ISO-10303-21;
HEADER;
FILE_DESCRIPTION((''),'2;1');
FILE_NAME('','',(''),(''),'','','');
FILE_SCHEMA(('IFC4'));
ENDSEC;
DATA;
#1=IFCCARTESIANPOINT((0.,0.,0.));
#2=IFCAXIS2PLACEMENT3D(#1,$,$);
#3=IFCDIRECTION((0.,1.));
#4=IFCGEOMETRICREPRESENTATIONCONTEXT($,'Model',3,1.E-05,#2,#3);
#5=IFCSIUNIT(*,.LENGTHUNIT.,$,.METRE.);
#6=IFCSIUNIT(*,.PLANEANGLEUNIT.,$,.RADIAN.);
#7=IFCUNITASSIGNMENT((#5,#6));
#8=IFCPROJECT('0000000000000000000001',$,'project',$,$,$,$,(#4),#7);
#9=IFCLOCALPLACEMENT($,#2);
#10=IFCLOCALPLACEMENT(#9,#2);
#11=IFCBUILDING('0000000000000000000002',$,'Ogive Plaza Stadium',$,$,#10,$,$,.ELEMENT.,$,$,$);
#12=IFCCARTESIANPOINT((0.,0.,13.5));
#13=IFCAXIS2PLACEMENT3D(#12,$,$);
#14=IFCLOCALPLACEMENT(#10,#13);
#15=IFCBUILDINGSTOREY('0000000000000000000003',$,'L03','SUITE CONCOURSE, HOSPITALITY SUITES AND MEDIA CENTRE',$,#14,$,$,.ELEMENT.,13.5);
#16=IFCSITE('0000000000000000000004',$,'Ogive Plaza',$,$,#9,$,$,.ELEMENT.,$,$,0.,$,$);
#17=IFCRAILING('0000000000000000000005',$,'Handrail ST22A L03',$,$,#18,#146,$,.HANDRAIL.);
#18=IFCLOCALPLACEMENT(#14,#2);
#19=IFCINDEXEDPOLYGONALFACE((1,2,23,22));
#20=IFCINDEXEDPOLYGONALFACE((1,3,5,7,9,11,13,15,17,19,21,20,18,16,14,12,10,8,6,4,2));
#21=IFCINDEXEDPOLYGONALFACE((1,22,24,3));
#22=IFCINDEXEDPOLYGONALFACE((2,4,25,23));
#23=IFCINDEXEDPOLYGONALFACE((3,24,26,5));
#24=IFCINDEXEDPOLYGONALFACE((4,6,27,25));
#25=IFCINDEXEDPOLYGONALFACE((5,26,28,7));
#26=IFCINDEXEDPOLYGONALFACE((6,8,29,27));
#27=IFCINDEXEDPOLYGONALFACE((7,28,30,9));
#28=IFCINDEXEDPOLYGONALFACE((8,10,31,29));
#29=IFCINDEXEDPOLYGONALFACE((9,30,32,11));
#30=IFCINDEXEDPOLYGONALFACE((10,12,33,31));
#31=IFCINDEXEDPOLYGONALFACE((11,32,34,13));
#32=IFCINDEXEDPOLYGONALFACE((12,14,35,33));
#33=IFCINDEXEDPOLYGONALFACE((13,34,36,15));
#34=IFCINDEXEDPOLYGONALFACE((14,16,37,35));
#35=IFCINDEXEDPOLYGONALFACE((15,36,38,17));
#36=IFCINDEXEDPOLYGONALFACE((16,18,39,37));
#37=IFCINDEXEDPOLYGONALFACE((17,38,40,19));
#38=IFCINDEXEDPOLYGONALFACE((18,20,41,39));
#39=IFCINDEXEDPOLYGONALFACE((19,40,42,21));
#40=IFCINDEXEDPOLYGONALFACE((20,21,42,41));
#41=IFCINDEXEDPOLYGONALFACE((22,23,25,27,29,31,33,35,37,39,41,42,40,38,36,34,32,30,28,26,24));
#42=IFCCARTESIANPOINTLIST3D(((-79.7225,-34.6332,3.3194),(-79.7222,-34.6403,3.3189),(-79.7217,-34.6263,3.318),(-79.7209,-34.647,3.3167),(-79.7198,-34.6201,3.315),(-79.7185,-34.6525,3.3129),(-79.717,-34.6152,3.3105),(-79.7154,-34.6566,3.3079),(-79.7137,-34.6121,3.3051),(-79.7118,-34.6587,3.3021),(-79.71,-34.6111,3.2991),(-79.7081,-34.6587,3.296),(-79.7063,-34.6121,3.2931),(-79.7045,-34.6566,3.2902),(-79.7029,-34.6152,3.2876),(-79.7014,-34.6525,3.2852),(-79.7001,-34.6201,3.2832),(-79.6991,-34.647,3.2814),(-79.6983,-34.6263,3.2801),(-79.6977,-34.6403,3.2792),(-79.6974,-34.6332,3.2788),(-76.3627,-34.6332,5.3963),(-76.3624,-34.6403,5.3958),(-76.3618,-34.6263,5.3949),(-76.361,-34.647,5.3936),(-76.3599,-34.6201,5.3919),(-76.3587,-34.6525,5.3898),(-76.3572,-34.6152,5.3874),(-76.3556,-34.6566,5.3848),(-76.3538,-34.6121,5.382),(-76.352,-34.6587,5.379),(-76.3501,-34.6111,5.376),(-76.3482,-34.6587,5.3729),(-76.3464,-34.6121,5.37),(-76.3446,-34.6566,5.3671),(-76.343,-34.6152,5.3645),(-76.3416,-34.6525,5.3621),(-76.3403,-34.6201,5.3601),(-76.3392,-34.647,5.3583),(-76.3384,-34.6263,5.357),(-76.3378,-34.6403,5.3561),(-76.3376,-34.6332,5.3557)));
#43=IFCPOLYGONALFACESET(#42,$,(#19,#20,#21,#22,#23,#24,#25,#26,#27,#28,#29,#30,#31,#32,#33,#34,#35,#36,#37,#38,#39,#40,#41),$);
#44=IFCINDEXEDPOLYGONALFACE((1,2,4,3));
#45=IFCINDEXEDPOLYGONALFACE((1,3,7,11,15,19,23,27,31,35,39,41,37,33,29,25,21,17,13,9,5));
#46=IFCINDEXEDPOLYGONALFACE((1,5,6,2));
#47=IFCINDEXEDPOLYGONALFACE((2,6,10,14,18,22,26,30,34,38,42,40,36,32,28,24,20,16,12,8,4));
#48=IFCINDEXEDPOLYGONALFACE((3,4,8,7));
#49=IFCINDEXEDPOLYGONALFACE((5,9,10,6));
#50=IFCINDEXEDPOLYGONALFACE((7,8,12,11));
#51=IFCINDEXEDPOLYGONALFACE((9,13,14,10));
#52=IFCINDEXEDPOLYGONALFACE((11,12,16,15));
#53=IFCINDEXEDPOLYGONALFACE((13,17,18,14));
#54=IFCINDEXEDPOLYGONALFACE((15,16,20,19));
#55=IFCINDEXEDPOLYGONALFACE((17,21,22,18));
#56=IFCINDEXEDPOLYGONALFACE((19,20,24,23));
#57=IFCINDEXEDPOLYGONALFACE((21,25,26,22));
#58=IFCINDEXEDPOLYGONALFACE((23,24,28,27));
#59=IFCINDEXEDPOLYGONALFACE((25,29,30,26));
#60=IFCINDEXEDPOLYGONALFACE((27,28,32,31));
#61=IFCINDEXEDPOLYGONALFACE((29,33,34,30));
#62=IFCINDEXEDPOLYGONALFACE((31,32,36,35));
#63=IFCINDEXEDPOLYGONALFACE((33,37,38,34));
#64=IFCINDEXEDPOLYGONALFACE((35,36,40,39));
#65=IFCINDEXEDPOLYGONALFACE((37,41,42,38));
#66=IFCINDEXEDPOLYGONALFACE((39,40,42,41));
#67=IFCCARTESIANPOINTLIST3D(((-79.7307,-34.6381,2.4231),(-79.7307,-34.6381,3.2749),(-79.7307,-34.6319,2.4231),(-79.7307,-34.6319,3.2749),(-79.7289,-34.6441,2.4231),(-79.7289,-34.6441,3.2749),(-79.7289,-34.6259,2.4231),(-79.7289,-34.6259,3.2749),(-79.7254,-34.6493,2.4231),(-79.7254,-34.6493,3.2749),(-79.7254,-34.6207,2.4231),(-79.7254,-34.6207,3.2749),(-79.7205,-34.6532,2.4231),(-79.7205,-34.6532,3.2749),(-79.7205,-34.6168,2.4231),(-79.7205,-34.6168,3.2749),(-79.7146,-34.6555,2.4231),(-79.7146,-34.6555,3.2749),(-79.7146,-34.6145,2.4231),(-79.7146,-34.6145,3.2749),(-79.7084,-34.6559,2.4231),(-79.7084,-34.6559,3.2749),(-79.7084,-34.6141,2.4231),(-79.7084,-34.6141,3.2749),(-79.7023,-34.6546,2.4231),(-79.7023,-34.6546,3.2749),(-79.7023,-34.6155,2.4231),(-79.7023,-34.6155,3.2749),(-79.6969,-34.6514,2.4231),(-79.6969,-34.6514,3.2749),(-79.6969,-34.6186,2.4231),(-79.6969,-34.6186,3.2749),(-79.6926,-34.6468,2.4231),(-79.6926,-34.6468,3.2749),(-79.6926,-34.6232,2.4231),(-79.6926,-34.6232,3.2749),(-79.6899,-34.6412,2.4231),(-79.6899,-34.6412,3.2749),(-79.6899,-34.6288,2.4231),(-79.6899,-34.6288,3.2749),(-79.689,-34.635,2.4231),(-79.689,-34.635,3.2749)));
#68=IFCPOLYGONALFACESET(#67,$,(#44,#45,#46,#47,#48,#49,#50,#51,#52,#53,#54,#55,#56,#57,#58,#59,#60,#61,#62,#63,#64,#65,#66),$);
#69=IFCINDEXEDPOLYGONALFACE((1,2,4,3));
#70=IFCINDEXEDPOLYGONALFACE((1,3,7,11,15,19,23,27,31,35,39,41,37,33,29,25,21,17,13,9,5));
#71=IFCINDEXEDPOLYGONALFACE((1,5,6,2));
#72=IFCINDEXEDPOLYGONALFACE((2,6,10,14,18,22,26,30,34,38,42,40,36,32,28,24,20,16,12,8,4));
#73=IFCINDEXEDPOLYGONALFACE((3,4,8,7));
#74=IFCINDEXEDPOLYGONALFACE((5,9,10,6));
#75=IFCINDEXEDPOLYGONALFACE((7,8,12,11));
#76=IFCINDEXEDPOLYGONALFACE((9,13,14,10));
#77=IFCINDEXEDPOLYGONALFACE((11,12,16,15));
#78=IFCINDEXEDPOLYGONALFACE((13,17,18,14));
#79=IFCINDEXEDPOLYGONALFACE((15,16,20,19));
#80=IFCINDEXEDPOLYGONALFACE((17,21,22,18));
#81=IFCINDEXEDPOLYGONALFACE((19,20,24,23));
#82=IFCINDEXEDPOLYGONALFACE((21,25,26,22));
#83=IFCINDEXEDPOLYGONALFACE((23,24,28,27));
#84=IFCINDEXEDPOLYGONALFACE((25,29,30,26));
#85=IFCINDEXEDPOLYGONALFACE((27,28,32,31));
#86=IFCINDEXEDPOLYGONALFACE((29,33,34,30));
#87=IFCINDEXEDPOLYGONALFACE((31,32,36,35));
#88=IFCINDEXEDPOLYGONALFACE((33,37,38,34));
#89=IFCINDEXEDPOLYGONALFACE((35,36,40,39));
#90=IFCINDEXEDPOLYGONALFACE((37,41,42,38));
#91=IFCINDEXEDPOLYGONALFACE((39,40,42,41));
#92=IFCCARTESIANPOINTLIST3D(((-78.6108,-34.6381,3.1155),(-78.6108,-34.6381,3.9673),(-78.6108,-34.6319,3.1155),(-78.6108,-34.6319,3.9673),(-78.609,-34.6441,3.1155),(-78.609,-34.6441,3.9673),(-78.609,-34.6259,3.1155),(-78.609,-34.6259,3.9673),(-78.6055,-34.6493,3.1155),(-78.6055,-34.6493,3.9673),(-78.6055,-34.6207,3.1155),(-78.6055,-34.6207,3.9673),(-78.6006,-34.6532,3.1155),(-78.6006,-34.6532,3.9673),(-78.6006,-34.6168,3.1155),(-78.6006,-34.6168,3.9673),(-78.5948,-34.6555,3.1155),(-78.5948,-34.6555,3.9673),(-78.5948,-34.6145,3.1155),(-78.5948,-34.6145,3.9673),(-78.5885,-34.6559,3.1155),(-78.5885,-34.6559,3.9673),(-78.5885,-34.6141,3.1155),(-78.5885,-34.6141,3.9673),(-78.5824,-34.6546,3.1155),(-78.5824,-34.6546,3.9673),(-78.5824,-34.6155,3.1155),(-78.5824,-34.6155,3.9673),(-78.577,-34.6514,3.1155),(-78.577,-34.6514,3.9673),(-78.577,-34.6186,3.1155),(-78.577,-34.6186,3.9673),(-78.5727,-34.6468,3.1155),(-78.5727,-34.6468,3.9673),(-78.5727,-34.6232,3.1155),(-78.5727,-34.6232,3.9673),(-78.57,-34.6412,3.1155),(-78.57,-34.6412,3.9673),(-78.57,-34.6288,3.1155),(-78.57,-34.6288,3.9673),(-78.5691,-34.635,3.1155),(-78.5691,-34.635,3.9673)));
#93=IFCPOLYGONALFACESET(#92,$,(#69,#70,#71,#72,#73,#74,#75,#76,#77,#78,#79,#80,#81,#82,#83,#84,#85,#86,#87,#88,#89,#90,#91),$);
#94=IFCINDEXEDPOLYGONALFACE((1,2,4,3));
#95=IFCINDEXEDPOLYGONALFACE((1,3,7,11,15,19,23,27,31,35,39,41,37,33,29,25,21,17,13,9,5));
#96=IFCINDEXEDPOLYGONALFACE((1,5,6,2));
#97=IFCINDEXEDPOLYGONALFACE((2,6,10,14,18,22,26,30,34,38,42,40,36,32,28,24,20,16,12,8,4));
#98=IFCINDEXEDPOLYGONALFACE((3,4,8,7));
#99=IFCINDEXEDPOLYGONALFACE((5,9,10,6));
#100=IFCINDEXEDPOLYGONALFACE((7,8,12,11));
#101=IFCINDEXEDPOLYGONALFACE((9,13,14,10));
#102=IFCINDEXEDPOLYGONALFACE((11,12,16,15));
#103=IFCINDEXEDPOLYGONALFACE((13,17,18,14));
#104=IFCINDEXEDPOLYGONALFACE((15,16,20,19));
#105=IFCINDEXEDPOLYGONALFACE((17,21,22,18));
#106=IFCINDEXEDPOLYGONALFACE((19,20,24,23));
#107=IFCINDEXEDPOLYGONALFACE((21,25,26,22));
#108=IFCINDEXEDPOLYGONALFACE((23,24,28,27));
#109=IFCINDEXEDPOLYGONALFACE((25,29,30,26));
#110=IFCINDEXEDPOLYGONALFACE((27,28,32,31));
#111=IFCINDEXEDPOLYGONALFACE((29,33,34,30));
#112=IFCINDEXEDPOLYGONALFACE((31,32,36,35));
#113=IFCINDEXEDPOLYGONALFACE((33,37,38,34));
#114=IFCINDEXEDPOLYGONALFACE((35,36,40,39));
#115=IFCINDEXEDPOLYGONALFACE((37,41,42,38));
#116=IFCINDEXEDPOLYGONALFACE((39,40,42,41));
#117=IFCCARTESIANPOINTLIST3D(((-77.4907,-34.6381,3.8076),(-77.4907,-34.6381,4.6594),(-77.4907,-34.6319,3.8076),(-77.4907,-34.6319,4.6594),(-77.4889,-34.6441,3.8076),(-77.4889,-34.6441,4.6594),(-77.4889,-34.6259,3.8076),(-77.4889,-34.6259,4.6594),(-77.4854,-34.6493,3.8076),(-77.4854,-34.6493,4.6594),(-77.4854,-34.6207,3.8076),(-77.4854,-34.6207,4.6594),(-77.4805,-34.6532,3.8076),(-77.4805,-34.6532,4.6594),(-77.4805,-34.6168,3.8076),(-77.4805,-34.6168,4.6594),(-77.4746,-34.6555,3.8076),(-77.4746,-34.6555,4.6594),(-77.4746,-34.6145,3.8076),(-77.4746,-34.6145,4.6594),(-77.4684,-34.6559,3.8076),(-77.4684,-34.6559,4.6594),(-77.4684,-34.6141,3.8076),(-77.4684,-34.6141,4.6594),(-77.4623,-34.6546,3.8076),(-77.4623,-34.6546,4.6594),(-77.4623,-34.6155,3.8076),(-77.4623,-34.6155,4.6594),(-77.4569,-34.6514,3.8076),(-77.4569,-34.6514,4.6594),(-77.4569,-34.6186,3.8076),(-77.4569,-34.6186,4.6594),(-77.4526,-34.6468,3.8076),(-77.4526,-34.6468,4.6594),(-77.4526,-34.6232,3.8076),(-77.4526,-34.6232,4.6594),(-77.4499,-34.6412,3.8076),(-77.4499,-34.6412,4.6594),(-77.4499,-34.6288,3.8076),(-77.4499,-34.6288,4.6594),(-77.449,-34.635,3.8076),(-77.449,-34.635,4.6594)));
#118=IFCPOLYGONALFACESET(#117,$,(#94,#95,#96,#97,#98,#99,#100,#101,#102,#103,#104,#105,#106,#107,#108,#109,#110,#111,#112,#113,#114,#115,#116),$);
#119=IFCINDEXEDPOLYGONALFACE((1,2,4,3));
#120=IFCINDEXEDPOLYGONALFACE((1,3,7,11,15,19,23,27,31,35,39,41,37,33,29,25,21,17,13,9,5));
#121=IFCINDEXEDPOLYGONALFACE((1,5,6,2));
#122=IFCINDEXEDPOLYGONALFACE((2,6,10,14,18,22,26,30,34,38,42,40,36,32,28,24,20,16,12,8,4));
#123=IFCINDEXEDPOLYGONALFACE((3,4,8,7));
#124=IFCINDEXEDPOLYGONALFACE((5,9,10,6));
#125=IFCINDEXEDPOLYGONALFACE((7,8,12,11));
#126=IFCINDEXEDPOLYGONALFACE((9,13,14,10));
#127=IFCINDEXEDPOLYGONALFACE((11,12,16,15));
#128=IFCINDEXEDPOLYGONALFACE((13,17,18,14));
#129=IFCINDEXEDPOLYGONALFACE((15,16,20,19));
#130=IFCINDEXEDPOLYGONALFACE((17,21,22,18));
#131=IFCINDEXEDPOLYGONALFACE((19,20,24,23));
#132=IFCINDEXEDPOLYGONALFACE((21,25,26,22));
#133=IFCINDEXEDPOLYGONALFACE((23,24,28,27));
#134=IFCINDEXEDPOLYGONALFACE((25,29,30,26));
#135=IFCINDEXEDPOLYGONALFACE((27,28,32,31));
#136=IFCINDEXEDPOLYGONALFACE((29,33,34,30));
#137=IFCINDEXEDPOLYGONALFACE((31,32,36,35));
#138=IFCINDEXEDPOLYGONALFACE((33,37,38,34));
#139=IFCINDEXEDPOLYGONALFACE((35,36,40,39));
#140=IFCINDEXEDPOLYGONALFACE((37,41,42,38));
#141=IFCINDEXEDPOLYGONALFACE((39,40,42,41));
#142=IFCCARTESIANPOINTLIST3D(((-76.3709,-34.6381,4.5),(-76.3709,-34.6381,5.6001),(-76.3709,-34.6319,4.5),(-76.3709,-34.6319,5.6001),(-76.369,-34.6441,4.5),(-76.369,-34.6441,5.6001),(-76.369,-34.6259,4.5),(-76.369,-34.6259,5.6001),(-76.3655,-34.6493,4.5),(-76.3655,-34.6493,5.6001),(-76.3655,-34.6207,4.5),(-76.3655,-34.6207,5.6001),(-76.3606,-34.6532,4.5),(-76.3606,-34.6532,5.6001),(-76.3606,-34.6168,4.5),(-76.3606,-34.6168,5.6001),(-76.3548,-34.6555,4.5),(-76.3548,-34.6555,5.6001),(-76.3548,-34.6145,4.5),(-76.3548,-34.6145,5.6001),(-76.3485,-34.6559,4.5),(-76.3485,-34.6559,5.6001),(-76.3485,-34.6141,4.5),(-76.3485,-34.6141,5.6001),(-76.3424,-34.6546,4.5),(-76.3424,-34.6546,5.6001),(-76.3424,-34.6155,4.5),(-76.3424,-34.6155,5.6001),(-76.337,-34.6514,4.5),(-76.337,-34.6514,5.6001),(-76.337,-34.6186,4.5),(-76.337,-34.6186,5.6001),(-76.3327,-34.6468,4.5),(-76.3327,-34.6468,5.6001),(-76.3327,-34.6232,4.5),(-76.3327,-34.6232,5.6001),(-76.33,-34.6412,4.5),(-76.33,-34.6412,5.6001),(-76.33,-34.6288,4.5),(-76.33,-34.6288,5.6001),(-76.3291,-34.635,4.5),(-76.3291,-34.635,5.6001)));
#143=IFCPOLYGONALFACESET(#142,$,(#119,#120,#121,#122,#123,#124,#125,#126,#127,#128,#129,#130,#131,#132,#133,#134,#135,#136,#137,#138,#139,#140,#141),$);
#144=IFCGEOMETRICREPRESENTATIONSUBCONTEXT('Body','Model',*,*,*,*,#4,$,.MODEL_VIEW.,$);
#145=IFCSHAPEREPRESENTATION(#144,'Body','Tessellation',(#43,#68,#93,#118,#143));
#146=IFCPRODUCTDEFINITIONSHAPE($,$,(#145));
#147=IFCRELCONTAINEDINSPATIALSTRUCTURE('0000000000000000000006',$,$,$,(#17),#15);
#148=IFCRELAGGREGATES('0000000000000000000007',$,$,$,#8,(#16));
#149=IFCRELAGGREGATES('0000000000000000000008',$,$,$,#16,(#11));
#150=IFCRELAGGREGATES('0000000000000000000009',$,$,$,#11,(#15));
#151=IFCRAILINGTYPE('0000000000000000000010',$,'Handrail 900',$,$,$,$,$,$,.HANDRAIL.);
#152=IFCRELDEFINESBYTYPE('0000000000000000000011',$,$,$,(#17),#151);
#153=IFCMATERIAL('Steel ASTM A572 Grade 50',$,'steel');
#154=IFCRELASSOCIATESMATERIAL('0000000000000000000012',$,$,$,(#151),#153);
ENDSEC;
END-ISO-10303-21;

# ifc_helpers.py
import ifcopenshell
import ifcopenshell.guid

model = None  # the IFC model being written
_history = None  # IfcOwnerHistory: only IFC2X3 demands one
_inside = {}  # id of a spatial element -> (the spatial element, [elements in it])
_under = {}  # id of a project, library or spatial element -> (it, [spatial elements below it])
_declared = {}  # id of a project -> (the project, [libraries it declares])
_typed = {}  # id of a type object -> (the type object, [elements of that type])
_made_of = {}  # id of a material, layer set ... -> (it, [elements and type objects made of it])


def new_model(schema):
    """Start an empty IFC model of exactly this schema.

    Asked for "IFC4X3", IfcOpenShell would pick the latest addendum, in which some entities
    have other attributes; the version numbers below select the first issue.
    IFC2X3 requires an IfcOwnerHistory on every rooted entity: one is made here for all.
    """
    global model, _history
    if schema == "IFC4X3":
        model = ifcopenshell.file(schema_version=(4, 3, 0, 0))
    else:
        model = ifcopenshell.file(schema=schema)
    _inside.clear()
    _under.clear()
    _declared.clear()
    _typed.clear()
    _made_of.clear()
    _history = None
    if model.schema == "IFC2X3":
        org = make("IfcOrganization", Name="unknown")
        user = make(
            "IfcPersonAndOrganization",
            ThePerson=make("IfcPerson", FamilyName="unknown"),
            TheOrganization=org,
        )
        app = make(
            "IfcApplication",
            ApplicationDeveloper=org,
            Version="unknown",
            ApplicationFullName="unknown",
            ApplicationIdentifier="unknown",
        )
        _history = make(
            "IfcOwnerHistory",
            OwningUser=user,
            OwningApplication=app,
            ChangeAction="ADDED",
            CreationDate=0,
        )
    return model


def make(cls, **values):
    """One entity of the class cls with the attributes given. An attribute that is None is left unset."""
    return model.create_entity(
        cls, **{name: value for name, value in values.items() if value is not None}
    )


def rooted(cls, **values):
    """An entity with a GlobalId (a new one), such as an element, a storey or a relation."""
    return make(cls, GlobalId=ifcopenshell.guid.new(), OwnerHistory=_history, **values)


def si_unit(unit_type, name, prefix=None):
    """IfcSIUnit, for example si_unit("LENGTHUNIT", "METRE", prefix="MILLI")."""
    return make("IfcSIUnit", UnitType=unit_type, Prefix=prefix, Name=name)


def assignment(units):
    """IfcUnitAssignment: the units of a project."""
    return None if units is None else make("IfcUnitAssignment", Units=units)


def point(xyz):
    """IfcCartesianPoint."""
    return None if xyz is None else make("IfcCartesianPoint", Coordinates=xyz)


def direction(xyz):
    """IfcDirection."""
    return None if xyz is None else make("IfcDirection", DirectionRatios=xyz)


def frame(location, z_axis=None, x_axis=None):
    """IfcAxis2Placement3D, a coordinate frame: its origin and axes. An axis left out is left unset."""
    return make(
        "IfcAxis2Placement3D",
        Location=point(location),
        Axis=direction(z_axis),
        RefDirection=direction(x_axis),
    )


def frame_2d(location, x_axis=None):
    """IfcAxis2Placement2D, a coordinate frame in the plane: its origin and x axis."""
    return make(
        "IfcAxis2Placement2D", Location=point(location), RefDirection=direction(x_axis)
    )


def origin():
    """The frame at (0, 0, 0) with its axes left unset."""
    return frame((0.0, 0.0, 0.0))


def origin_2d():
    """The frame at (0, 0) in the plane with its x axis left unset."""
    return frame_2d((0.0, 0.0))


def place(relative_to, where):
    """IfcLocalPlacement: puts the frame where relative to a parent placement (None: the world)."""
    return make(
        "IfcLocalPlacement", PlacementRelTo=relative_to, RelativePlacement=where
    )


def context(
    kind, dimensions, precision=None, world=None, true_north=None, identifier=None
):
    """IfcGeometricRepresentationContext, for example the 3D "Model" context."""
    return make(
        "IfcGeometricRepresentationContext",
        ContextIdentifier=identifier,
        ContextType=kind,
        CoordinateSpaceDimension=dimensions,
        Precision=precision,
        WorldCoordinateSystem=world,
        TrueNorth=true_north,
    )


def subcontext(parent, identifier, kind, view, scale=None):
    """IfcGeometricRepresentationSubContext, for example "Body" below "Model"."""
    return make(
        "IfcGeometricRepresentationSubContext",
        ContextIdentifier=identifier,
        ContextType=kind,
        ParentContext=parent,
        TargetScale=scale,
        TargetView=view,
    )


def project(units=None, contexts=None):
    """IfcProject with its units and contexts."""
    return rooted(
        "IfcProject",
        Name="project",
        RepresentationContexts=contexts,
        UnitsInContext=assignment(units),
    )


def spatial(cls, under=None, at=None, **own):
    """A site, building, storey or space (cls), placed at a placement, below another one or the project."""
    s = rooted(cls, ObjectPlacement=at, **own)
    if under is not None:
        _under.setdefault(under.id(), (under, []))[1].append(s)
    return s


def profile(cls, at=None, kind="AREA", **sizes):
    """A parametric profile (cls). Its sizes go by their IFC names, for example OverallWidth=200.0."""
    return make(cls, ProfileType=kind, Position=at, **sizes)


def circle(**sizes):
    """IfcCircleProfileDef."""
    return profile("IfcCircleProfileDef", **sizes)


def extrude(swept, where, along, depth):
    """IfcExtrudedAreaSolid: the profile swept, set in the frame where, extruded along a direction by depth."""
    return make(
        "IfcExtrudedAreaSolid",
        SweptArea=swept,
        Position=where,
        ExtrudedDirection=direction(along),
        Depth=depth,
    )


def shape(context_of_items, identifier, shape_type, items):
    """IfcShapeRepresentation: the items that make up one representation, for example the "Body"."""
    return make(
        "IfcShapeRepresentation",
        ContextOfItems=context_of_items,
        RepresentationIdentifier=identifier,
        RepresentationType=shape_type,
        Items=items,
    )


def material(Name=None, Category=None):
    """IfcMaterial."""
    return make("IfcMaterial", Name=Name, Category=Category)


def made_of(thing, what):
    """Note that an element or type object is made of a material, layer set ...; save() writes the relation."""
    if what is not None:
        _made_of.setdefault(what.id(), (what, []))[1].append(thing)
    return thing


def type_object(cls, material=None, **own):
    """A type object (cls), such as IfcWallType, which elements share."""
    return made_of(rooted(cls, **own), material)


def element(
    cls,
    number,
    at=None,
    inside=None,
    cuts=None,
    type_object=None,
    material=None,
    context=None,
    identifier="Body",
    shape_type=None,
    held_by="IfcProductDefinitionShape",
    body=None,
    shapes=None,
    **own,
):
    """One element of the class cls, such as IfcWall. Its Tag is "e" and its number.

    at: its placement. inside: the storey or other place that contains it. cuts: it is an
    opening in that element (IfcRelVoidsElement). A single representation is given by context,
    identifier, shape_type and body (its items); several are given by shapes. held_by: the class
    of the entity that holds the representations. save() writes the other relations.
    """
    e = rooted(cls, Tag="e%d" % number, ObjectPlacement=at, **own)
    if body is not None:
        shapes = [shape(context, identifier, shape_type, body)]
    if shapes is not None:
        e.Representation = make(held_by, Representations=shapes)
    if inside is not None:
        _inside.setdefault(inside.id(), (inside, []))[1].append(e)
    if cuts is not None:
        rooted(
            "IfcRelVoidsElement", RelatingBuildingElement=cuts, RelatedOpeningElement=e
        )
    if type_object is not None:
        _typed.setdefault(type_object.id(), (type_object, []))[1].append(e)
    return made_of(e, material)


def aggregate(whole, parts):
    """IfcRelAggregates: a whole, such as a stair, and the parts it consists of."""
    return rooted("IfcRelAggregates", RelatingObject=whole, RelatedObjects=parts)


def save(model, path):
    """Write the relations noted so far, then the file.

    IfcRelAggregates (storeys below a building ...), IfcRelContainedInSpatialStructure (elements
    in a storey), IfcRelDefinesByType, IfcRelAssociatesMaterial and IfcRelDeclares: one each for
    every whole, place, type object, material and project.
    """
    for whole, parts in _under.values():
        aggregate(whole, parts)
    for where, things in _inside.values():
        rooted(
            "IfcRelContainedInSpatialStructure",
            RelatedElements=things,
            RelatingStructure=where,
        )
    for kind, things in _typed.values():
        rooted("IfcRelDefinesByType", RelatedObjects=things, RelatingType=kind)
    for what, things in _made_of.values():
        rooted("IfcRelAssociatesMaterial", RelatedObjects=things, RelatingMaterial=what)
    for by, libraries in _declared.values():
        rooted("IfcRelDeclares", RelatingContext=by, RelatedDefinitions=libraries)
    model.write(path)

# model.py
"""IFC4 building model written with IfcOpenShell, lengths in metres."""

from ifc_helpers import new_model, si_unit, direction, frame, origin, origin_2d, place, context, subcontext, project, spatial, circle, extrude, material, type_object, element, save


model = new_model("IFC4")

# Units and contexts
model_context = context("Model", 3, precision=1e-05, world=origin(), true_north=direction((0.0, 1.0)))
body_context = subcontext(model_context, "Body", "Model", "MODEL_VIEW")
ifc_project = project(units=[si_unit("LENGTHUNIT", "METRE"), si_unit("PLANEANGLEUNIT", "RADIAN")], contexts=[model_context])

# Site, building, storey
site_placement = place(None, origin())
site = spatial("IfcSite", under=ifc_project, at=site_placement, Name="Ogive Plaza", CompositionType="ELEMENT", RefElevation=0.0)
building_placement = place(site_placement, origin())
building = spatial("IfcBuilding", under=site, at=building_placement, Name="Ogive Plaza Stadium", CompositionType="ELEMENT")
storey_placement = place(building_placement, frame((0.0, 0.0, 13.5)))
storey = spatial("IfcBuildingStorey", under=building, at=storey_placement, Name="L03", Description="SUITE CONCOURSE, HOSPITALITY SUITES AND MEDIA CENTRE", CompositionType="ELEMENT", Elevation=13.5)

# Railing
ifc_material_1 = material(Name="Steel ASTM A572 Grade 50", Category="steel")
railing_type = type_object("IfcRailingType", Name="Handrail 900", PredefinedType="HANDRAIL", material=ifc_material_1)
for number, where, name in (
    (1, (-79.71, -34.635, 2.4231), "Handrail ST22A L03"),
):
    element("IfcRailing", number, at=place(storey_placement, frame(where)), inside=storey, type_object=railing_type, Name=name, PredefinedType="HANDRAIL", context=body_context, shape_type="SweptSolid", body=[
        extrude(circle(Radius=0.0239, at=origin_2d()), frame((0.0, 0.0, 0.876), z_axis=(0.850606, 0.0, 0.525803), x_axis=(0.0, 1.0, 0.0)), (0.0, 0.0, 1.0), 3.95),
        extrude(circle(Radius=0.021, at=origin_2d()), origin(), (0.0, 0.0, 1.0), 0.8518),
        extrude(circle(Radius=0.021, at=origin_2d()), frame((1.1199, 0.0, 0.6924)), (0.0, 0.0, 1.0), 0.8518),
        extrude(circle(Radius=0.021, at=origin_2d()), frame((2.24, 0.0, 1.3845)), (0.0, 0.0, 1.0), 0.8518),
        extrude(circle(Radius=0.021, at=origin_2d()), frame((3.3599, 0.0, 2.0769)), (0.0, 0.0, 1.0), 1.1001),
    ])

save(model, "model.ifc")
